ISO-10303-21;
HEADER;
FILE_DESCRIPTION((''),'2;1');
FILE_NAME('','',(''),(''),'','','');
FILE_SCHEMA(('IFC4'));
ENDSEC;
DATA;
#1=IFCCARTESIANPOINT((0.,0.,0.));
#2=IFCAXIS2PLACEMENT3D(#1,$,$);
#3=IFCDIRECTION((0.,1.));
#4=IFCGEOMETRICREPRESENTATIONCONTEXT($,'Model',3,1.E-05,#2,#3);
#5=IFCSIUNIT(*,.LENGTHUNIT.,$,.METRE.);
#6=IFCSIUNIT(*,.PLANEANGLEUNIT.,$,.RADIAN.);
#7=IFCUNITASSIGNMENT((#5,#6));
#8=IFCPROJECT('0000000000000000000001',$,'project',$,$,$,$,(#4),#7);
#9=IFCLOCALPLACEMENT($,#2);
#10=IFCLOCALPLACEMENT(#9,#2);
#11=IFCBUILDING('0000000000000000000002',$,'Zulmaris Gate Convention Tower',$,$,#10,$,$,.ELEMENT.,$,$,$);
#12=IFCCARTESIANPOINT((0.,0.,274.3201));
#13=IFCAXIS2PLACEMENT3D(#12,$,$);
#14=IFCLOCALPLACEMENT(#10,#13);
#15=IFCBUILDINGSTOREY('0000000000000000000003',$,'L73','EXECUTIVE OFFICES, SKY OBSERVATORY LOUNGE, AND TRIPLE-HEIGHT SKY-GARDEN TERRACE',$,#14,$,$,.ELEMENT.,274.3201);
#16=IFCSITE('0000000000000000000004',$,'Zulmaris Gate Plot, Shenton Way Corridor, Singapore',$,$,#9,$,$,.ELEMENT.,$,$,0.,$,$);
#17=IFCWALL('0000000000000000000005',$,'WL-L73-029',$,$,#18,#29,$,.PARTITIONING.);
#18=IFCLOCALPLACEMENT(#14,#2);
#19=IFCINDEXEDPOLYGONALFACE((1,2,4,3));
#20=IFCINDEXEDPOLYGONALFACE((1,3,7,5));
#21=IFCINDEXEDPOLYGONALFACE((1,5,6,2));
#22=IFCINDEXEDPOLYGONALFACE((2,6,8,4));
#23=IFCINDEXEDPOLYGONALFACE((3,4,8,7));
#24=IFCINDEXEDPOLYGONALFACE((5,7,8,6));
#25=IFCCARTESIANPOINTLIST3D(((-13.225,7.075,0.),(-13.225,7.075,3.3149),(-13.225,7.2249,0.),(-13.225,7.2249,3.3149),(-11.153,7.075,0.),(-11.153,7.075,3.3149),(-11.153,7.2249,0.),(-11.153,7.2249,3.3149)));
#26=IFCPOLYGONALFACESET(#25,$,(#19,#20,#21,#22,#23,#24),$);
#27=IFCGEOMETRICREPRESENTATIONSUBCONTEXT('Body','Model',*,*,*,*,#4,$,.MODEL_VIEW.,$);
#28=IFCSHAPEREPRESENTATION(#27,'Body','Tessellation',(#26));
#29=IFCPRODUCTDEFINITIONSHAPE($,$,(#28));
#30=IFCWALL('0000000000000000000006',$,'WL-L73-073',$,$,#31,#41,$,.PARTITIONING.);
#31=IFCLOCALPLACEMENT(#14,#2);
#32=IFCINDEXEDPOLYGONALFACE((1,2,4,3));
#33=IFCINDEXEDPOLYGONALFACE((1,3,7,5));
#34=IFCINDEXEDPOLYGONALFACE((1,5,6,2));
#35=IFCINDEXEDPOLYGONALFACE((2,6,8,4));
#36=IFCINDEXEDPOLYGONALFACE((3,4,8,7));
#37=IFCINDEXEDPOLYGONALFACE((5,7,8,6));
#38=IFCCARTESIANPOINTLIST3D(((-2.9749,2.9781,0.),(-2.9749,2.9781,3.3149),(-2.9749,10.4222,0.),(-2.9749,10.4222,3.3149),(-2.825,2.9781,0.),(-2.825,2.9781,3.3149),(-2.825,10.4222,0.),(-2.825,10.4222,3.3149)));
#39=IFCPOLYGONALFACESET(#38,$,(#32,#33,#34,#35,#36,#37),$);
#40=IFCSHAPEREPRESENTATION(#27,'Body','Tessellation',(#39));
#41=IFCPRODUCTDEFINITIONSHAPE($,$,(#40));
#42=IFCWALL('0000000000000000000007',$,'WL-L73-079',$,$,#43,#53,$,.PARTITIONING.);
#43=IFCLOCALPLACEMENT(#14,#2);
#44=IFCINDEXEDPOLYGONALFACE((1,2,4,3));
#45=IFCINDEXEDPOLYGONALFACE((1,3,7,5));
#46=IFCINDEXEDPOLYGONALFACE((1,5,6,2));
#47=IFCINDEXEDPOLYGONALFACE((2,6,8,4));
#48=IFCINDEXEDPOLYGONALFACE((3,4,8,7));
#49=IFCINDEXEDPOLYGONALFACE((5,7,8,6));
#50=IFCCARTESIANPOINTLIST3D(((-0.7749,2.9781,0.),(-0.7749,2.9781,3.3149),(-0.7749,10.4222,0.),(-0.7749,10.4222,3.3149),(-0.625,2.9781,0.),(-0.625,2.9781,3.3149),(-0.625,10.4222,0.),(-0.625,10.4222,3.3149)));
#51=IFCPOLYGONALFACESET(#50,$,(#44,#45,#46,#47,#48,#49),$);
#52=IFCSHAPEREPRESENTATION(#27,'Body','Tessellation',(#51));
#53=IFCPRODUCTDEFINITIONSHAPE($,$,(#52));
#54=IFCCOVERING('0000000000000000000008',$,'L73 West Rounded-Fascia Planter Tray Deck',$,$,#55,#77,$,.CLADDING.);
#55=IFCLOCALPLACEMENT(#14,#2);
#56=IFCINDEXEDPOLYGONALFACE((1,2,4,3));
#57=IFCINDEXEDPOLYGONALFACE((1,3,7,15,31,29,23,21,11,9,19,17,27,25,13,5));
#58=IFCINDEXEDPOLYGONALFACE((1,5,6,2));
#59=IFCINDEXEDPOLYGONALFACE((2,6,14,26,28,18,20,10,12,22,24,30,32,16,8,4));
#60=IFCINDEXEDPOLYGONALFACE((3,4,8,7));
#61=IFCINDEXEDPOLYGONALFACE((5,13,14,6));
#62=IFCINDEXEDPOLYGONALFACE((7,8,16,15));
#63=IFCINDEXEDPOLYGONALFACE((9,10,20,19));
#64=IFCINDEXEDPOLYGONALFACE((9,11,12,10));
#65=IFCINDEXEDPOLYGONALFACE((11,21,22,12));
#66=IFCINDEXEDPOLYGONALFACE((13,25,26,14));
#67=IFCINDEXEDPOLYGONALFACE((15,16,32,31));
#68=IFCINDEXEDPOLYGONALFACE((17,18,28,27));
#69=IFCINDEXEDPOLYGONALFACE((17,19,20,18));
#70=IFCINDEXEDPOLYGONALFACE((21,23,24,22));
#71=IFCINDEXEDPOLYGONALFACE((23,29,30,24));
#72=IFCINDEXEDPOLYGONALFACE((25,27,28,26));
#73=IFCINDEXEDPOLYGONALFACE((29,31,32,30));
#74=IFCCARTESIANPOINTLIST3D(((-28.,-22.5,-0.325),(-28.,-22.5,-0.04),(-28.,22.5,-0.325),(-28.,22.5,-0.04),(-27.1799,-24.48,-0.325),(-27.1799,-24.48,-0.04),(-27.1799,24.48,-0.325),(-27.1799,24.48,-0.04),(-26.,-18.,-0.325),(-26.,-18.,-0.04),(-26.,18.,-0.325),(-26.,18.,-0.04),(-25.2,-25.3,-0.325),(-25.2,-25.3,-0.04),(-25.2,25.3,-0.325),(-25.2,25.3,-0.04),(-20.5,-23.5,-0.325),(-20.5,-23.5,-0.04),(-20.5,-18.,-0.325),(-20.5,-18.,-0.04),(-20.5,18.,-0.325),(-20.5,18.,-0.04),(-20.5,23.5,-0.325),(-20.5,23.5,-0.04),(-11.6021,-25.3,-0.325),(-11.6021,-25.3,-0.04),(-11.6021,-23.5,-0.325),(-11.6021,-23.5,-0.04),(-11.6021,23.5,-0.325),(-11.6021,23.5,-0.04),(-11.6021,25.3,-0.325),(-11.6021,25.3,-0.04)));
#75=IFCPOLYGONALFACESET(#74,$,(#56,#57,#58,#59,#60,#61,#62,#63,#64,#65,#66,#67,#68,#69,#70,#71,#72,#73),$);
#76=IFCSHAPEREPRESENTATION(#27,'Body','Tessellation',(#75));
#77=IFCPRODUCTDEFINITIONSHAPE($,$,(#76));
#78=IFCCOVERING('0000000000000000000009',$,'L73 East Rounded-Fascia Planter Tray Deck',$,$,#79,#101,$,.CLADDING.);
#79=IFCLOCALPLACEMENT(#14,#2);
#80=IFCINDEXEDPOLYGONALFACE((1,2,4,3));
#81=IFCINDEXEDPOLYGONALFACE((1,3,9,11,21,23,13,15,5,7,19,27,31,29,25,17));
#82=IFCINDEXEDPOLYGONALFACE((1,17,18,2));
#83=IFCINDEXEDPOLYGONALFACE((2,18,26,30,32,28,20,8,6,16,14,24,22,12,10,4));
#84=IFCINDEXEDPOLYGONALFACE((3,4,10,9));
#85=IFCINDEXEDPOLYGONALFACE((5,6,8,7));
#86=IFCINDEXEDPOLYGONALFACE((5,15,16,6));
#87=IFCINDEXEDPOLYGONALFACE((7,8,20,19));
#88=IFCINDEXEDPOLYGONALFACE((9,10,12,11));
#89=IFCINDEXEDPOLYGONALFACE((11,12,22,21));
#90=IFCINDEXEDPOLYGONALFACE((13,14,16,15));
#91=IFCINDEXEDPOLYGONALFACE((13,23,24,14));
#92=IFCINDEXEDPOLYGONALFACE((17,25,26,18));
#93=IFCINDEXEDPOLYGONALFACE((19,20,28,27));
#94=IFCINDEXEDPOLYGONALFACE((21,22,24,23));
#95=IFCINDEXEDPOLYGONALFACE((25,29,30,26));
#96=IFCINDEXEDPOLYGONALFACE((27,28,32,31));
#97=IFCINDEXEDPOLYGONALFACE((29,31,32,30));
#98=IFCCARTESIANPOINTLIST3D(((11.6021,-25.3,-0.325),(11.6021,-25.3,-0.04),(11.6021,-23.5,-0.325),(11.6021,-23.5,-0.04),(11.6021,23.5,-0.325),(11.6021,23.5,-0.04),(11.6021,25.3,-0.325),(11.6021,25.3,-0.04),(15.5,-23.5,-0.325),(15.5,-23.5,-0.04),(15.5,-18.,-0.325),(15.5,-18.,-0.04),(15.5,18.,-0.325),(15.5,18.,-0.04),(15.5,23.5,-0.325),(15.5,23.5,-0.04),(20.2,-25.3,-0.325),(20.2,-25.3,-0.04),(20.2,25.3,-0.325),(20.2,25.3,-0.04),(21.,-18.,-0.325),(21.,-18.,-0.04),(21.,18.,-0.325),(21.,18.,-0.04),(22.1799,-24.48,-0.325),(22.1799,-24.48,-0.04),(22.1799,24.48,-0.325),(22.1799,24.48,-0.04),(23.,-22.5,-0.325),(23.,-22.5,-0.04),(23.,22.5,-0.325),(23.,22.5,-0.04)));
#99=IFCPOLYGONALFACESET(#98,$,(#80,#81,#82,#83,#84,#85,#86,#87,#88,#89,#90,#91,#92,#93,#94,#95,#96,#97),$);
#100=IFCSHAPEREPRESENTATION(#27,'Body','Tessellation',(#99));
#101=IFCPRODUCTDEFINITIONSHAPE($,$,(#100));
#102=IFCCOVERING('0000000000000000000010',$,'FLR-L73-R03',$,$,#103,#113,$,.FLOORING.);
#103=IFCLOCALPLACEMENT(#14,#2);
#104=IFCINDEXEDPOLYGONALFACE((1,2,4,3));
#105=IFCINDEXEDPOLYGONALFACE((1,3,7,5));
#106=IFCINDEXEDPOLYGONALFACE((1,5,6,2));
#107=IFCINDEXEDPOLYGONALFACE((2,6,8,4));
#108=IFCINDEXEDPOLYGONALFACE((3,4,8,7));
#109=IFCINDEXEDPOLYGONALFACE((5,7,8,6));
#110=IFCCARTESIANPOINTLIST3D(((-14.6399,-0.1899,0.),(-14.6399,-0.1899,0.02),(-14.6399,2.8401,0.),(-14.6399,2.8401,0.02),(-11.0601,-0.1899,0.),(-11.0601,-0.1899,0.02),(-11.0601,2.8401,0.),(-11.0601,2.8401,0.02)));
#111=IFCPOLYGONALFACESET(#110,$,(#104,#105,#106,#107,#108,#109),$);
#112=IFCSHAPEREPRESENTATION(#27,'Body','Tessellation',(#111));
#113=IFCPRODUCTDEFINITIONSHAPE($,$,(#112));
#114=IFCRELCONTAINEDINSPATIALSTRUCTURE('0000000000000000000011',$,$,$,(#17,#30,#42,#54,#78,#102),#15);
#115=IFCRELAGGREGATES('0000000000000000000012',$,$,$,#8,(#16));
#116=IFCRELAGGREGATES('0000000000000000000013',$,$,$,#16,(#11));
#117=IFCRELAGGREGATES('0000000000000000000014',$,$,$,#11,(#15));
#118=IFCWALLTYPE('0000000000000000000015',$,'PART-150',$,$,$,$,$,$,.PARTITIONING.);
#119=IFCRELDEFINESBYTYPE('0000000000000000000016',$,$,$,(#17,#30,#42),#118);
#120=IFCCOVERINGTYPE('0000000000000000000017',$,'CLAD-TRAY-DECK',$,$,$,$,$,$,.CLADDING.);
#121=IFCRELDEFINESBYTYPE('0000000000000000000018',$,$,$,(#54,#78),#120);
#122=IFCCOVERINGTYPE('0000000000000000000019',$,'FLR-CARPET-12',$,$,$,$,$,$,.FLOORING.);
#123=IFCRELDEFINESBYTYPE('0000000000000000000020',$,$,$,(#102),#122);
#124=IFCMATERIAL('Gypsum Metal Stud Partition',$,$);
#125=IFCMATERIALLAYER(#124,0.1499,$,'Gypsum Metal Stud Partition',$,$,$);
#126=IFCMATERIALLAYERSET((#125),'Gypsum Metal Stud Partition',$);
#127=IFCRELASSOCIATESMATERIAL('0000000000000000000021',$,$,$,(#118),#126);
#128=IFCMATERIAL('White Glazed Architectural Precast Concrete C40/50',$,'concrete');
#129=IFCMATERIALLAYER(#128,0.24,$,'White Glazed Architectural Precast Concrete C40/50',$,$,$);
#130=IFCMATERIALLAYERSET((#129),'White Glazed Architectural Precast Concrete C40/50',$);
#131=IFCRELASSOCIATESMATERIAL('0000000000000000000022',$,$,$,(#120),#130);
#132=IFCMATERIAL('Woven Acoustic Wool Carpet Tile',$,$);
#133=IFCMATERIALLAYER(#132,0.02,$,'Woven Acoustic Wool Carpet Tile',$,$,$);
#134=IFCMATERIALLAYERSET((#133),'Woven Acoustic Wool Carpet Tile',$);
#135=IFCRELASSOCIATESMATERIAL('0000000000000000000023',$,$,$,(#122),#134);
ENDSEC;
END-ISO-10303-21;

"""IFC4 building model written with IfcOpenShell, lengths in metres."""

from ifc_helpers import new_model, si_unit, direction, frame, frame_2d, origin, place, context, subcontext, project, spatial, polyline, rectangle, outline, extrude, material, layer, layer_set, type_object, element, save


model = new_model("IFC4")

# Units and contexts
model_context = context("Model", 3, precision=1e-05, world=origin(), true_north=direction((0.0, 1.0)))
body_context = subcontext(model_context, "Body", "Model", "MODEL_VIEW")
ifc_project = project(units=[si_unit("LENGTHUNIT", "METRE"), si_unit("PLANEANGLEUNIT", "RADIAN")], contexts=[model_context])

# Site, building, storey
site_placement = place(None, origin())
site = spatial("IfcSite", under=ifc_project, at=site_placement, Name="Zulmaris Gate Plot, Shenton Way Corridor, Singapore", CompositionType="ELEMENT", RefElevation=0.0)
building_placement = place(site_placement, origin())
building = spatial("IfcBuilding", under=site, at=building_placement, Name="Zulmaris Gate Convention Tower", CompositionType="ELEMENT")
storey_placement = place(building_placement, frame((0.0, 0.0, 274.3201)))
storey = spatial("IfcBuildingStorey", under=building, at=storey_placement, Name="L73", Description="EXECUTIVE OFFICES, SKY OBSERVATORY LOUNGE, AND TRIPLE-HEIGHT SKY-GARDEN TERRACE", CompositionType="ELEMENT", Elevation=274.3201)

# Shared definitions
ifc_material_1 = material(Name="Gypsum Metal Stud Partition")
ifc_layer_1 = layer(ifc_material_1, 0.1499, Name="Gypsum Metal Stud Partition")
ifc_layer_set_1 = layer_set([ifc_layer_1], Name="Gypsum Metal Stud Partition")
wall_type_1 = type_object("IfcWallType", Name="PART-150", PredefinedType="PARTITIONING", material=ifc_layer_set_1)

# Wall
wall_1_placement = place(storey_placement, frame((-13.2251, 7.1499, 0.0), z_axis=(0.0, 0.0, 1.0), x_axis=(1.0, 0.0, 0.0)))
element("IfcWall", 1, at=wall_1_placement, inside=storey, type_object=wall_type_1, Name="WL-L73-029", PredefinedType="PARTITIONING", context=body_context, shape_type="SweptSolid", body=[
    extrude(rectangle(XDim=2.072, YDim=0.1499, at=frame_2d((1.0361, 0.0))), origin(), (0.0, 0.0, 1.0), 3.3149),
])

# Walls
for number, where, z_axis, x_axis, name in (
    (2, (-2.8999, 2.978, 0.0), (0.0, 0.0, 1.0), (0.0, 1.0, 0.0), "WL-L73-073"),
    (3, (-0.7, 2.978, 0.0), (0.0, 0.0, 1.0), (0.0, 1.0, 0.0), "WL-L73-079"),
):
    element("IfcWall", number, at=place(storey_placement, frame(where, z_axis=z_axis, x_axis=x_axis)), inside=storey, type_object=wall_type_1, Name=name, PredefinedType="PARTITIONING", context=body_context, shape_type="SweptSolid", body=[
        extrude(rectangle(XDim=7.4441, YDim=0.1499, at=frame_2d((3.7222, 0.0))), origin(), (0.0, 0.0, 1.0), 3.3149),
    ])

# Coverings
ifc_material_2 = material(Name="White Glazed Architectural Precast Concrete C40/50", Category="concrete")
ifc_layer_2 = layer(ifc_material_2, 0.24, Name="White Glazed Architectural Precast Concrete C40/50")
ifc_layer_set_2 = layer_set([ifc_layer_2], Name="White Glazed Architectural Precast Concrete C40/50")
covering_type_1 = type_object("IfcCoveringType", Name="CLAD-TRAY-DECK", PredefinedType="CLADDING", material=ifc_layer_set_2)
covering_1_placement = place(storey_placement, frame((0.0, 0.0, -0.325)))
element("IfcCovering", 4, at=covering_1_placement, inside=storey, type_object=covering_type_1, Name="L73 West Rounded-Fascia Planter Tray Deck", PredefinedType="CLADDING", context=body_context, shape_type="SweptSolid", body=[
    extrude(outline(polyline([(-28.0, 22.5), (-27.1799, 24.48), (-25.2, 25.3), (-11.6021, 25.3), (-11.6021, 23.5), (-20.5, 23.5), (-20.5, 18.0), (-26.0, 18.0), (-26.0, -18.0), (-20.5, -18.0), (-20.5, -23.5), (-11.6021, -23.5), (-11.6021, -25.3), (-25.2, -25.3), (-27.1799, -24.48), (-28.0, -22.5), (-28.0, 22.5)])), origin(), (0.0, 0.0, 1.0), 0.2849),
])
covering_2_placement = place(storey_placement, frame((0.0, 0.0, -0.325)))
element("IfcCovering", 5, at=covering_2_placement, inside=storey, type_object=covering_type_1, Name="L73 East Rounded-Fascia Planter Tray Deck", PredefinedType="CLADDING", context=body_context, shape_type="SweptSolid", body=[
    extrude(outline(polyline([(20.2, 25.3), (22.1799, 24.48), (23.0, 22.5), (23.0, -22.5), (22.1799, -24.48), (20.2, -25.3), (11.6021, -25.3), (11.6021, -23.5), (15.5, -23.5), (15.5, -18.0), (21.0, -18.0), (21.0, 18.0), (15.5, 18.0), (15.5, 23.5), (11.6021, 23.5), (11.6021, 25.3), (20.2, 25.3)])), origin(), (0.0, 0.0, 1.0), 0.2849),
])
ifc_material_3 = material(Name="Woven Acoustic Wool Carpet Tile")
ifc_layer_3 = layer(ifc_material_3, 0.02, Name="Woven Acoustic Wool Carpet Tile")
ifc_layer_set_3 = layer_set([ifc_layer_3], Name="Woven Acoustic Wool Carpet Tile")
covering_type_2 = type_object("IfcCoveringType", Name="FLR-CARPET-12", PredefinedType="FLOORING", material=ifc_layer_set_3)
covering_3_placement = place(storey_placement, origin())
element("IfcCovering", 6, at=covering_3_placement, inside=storey, type_object=covering_type_2, Name="FLR-L73-R03", PredefinedType="FLOORING", context=body_context, shape_type="SweptSolid", body=[
    extrude(outline(polyline([(-14.6399, -0.1899), (-11.0601, -0.1899), (-11.0601, 2.8401), (-14.6399, 2.8401), (-14.6399, -0.1899)])), origin(), (0.0, 0.0, 1.0), 0.02),
])

save(model, "model.ifc")
